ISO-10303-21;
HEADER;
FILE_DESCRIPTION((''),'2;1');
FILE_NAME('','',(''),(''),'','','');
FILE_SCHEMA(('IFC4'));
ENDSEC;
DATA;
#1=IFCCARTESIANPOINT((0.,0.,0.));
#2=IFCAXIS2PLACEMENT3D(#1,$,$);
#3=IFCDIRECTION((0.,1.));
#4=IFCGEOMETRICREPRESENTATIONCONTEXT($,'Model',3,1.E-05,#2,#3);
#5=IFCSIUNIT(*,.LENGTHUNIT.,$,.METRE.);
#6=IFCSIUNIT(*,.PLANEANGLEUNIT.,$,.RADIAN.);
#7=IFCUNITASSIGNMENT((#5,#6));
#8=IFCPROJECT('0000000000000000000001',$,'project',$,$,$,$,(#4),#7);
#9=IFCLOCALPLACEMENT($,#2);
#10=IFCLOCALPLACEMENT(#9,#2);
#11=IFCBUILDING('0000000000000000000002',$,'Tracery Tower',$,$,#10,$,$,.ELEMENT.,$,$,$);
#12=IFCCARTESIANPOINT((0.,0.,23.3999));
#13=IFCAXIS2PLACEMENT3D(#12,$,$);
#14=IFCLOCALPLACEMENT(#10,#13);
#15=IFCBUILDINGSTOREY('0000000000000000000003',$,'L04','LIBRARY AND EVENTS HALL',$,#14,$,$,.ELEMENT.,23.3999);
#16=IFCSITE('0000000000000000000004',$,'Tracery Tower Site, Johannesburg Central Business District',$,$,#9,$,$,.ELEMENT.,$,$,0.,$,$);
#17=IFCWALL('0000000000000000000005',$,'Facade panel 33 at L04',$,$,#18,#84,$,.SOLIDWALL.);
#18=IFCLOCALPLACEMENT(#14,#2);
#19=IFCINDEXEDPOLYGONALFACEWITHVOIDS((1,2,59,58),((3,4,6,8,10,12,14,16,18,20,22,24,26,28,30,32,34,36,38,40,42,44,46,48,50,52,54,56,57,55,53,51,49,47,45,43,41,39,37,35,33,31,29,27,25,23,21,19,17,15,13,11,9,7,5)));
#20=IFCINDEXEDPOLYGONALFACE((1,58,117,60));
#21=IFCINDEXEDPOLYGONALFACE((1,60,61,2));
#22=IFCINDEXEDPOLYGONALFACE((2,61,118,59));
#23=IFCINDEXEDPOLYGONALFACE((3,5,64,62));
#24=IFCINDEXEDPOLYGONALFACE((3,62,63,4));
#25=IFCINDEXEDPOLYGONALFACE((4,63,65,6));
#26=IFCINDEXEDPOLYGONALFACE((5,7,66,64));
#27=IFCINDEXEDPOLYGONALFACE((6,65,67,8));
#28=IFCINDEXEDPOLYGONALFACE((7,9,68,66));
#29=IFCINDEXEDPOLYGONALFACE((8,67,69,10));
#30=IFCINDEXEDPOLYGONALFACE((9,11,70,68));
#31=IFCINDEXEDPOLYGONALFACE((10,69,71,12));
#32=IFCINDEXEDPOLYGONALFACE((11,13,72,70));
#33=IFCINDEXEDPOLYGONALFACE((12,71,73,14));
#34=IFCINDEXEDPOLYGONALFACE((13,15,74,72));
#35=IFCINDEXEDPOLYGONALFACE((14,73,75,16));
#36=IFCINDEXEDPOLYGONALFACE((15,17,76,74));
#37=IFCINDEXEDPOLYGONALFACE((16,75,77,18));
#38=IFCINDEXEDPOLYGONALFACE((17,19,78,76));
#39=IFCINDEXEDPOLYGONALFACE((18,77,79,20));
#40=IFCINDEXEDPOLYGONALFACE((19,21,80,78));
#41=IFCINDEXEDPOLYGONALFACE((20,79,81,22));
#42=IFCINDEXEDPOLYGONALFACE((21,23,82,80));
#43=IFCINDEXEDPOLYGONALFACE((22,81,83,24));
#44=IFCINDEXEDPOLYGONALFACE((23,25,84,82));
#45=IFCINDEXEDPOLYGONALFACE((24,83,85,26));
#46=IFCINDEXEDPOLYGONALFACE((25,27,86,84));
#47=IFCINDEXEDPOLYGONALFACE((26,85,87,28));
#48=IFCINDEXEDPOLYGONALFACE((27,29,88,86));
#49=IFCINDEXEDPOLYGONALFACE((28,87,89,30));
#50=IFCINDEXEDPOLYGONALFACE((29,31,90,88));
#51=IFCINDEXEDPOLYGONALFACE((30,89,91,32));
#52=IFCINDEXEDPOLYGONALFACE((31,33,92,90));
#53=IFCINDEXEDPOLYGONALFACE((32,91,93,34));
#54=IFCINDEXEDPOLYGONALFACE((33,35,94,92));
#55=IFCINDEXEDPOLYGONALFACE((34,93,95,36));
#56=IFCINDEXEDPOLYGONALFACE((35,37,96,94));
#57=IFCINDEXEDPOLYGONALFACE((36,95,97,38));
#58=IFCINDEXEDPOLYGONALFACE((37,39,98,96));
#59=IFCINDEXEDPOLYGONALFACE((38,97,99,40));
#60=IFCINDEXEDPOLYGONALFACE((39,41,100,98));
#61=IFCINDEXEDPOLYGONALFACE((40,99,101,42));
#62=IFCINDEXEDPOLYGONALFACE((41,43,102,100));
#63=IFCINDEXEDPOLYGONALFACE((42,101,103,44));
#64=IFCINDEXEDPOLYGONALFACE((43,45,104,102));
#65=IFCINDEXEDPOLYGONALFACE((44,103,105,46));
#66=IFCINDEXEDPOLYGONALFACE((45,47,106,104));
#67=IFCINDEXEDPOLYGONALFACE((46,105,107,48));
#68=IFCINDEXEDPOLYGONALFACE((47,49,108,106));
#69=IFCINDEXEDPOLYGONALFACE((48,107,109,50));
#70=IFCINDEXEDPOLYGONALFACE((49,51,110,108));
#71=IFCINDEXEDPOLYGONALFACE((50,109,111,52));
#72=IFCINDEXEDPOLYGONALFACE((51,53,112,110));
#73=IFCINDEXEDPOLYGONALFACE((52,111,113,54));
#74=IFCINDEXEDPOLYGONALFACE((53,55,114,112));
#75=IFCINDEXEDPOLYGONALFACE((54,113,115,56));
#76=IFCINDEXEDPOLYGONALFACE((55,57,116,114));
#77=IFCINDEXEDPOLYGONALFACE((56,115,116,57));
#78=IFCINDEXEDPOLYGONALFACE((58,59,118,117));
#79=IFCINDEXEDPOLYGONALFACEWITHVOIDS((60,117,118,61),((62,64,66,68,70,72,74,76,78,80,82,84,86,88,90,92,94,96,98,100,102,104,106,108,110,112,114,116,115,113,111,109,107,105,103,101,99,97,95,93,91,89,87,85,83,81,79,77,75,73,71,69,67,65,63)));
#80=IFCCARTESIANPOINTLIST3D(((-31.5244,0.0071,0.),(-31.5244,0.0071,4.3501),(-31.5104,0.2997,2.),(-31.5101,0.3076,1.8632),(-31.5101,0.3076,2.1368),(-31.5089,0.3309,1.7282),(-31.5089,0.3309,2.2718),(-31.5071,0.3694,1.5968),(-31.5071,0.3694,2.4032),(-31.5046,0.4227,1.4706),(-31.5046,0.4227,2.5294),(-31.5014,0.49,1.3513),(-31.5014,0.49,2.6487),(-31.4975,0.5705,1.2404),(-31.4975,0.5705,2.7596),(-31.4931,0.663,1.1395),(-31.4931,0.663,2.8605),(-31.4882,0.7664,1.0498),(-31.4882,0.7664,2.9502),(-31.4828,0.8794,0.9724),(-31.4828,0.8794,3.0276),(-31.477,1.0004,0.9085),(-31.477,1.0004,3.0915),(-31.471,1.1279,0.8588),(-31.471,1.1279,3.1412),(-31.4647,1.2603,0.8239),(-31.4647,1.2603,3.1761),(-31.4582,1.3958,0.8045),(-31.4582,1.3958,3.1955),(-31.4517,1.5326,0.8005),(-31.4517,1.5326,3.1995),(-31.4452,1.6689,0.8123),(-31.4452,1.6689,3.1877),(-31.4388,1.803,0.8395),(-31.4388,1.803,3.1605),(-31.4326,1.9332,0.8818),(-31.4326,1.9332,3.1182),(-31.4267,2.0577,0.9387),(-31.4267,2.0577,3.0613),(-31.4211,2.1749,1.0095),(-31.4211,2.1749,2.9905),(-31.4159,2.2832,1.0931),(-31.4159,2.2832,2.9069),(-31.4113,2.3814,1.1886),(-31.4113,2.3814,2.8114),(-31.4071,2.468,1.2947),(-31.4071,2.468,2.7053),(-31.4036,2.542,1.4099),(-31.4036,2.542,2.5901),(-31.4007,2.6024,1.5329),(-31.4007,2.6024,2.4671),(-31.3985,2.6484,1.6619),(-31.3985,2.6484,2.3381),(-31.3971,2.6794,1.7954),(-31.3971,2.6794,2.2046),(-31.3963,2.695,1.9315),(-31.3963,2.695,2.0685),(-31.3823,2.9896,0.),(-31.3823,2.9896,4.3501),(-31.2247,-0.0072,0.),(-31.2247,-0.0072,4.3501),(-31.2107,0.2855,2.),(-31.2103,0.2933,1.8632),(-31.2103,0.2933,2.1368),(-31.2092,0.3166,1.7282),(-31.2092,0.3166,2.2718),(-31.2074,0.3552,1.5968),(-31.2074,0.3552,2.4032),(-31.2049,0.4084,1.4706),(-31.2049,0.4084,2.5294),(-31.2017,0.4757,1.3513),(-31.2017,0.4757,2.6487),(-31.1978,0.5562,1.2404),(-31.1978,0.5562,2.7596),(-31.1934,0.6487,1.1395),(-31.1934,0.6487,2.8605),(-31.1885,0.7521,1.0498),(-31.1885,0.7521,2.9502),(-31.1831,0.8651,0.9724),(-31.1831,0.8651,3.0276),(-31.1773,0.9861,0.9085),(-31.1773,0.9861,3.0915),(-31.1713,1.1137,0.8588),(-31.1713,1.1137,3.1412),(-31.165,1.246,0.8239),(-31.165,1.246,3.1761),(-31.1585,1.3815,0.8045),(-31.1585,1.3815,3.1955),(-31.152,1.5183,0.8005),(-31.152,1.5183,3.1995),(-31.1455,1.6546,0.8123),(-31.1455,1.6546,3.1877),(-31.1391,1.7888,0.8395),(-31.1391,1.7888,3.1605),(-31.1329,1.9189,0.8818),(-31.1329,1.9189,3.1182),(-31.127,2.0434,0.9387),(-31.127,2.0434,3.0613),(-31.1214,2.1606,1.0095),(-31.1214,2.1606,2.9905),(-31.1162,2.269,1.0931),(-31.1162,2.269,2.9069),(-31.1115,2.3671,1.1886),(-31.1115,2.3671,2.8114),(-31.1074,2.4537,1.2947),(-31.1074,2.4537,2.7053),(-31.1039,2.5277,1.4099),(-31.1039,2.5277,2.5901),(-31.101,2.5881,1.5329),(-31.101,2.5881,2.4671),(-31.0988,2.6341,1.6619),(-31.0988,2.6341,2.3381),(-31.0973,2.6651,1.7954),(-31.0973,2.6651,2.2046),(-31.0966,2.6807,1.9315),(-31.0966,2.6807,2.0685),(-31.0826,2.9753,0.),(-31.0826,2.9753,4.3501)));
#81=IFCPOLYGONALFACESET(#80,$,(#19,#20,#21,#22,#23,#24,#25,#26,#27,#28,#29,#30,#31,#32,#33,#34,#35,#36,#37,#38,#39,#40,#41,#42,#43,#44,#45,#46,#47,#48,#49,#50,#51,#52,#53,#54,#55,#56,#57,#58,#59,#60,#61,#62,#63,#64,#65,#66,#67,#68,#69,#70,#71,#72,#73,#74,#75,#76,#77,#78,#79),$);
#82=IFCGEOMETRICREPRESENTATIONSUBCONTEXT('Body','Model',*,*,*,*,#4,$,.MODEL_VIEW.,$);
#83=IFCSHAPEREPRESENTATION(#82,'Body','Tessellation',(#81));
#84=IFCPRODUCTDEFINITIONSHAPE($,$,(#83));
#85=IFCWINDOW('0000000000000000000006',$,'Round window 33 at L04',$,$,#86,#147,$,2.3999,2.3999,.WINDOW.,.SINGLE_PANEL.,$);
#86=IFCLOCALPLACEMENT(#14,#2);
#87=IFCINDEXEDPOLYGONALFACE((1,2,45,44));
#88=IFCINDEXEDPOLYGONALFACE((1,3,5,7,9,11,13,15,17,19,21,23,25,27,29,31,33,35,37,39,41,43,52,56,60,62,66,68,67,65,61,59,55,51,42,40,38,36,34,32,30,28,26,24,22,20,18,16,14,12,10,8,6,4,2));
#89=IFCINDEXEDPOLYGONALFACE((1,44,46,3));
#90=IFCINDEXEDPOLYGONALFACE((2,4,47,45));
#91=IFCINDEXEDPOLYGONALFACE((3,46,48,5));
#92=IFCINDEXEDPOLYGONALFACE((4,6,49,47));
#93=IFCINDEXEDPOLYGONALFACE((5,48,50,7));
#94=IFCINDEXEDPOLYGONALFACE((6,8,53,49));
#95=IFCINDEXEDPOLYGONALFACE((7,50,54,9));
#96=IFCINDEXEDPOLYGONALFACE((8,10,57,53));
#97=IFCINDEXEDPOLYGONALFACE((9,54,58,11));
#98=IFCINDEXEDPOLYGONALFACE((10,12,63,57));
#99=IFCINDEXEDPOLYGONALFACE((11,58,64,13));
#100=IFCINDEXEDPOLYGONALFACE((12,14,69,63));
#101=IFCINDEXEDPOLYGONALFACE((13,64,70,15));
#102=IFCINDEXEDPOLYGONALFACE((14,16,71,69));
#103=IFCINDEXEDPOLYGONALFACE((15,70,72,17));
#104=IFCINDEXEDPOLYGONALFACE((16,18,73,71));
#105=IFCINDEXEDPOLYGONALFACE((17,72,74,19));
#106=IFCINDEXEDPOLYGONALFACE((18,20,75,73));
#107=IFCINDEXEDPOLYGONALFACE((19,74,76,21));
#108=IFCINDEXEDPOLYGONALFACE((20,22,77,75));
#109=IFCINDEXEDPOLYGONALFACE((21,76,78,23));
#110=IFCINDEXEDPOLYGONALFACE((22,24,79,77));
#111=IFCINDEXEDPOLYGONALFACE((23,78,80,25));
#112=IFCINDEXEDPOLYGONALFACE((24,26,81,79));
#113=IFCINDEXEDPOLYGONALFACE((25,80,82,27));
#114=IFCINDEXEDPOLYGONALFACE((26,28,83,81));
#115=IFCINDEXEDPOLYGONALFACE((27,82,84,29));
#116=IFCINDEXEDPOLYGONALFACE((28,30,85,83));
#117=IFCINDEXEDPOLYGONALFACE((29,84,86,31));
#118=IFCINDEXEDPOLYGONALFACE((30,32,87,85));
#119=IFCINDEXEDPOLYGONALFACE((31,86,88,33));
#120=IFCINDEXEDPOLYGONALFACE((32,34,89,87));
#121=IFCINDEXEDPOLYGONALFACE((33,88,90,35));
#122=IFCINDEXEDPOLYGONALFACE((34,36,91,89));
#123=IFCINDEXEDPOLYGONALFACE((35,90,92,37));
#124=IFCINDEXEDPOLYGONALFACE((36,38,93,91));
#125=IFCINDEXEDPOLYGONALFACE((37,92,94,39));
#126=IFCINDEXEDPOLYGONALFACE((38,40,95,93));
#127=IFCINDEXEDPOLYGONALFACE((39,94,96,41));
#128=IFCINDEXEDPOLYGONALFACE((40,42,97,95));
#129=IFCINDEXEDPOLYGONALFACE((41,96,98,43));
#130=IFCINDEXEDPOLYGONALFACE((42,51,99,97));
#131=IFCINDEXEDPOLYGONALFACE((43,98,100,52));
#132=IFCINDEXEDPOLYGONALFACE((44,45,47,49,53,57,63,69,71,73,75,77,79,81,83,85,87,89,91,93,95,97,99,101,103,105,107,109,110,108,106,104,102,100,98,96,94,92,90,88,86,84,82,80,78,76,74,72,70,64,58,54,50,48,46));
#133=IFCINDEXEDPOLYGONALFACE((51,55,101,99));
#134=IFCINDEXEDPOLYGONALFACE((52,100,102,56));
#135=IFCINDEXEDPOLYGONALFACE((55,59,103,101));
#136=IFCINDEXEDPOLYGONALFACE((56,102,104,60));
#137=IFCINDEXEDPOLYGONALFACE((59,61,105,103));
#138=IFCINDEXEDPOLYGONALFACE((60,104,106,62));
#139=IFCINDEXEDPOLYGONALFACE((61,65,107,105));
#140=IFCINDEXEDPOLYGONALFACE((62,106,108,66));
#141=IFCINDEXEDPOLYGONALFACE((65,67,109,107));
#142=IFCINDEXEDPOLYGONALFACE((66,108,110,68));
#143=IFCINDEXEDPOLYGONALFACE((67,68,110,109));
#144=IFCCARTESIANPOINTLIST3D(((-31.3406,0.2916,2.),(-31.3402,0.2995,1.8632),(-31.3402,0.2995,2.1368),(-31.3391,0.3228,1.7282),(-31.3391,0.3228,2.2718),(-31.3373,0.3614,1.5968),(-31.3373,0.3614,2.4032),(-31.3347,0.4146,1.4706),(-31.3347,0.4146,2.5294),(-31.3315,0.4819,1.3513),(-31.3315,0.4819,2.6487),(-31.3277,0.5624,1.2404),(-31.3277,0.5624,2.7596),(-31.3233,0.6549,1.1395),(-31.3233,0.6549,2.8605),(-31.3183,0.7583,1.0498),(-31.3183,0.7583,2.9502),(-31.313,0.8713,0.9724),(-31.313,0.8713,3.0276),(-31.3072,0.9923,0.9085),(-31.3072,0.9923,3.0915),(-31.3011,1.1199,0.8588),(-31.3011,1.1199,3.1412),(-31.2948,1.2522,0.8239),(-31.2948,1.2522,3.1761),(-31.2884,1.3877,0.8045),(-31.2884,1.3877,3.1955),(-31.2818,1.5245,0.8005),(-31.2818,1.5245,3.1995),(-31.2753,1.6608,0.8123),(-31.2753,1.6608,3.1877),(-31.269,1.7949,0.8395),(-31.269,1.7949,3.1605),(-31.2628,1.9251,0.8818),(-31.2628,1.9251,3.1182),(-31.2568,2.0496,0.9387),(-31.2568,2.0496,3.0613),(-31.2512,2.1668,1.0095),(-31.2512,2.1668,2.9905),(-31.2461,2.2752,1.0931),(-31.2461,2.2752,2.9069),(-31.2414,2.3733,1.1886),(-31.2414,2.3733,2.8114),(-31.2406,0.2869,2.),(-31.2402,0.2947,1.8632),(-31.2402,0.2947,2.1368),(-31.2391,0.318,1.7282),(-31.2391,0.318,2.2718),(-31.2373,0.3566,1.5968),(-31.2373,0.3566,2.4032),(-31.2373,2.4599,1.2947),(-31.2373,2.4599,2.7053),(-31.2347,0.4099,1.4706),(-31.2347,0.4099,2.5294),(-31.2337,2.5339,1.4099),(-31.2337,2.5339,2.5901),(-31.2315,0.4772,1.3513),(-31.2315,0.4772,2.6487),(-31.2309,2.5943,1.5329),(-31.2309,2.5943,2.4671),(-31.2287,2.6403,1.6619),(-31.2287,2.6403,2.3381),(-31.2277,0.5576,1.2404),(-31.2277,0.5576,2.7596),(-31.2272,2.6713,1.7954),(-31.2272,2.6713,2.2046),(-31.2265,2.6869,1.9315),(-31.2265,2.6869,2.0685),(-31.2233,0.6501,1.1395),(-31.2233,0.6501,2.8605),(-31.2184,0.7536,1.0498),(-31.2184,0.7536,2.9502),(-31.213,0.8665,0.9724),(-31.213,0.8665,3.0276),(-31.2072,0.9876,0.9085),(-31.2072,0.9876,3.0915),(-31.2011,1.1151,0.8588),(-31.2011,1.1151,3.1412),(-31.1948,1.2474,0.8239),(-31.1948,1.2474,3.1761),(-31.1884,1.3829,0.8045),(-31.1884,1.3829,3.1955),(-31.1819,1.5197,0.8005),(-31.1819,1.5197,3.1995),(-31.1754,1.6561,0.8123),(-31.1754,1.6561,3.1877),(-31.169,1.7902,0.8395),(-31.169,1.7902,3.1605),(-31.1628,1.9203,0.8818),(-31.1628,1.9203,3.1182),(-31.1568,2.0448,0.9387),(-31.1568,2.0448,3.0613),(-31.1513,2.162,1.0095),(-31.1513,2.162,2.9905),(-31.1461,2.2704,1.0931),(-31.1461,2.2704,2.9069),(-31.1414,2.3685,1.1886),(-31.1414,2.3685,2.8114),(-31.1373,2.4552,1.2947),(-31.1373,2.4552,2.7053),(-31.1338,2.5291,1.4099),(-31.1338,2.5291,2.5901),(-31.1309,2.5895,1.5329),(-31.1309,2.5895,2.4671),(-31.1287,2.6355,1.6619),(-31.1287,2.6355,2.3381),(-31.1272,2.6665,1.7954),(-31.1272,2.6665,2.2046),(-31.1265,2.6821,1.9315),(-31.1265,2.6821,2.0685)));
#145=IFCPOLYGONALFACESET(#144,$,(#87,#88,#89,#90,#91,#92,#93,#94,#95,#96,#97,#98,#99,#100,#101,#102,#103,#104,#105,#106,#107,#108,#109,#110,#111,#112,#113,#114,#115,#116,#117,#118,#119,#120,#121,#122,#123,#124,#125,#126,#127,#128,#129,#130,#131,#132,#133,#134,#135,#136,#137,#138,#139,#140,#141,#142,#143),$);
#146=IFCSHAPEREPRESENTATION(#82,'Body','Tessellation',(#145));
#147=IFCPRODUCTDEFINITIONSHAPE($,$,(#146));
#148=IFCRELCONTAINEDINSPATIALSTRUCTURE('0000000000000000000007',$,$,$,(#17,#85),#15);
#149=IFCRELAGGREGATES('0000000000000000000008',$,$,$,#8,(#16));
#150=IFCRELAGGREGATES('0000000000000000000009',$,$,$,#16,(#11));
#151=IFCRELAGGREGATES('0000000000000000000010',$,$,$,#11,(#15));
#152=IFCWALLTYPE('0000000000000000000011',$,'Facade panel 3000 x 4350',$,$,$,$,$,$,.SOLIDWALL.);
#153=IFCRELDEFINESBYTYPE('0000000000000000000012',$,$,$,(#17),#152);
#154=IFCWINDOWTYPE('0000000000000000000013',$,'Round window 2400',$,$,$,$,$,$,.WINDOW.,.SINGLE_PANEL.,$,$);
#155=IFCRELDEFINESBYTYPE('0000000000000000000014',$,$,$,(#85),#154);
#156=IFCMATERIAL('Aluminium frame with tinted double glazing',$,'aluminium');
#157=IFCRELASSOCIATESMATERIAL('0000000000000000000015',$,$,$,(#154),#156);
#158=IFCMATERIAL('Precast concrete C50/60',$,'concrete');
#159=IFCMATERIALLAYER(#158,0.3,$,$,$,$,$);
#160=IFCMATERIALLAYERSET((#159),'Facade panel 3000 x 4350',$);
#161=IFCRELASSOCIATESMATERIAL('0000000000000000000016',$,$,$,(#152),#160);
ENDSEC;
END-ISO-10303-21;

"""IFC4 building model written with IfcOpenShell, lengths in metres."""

from ifc_helpers import new_model, si_unit, direction, frame, frame_2d, origin, origin_2d, place, context, subcontext, project, spatial, rectangle, circle, extrude, material, layer, layer_set, type_object, element, fill, save


model = new_model("IFC4")

# Units and contexts
model_context = context("Model", 3, precision=1e-05, world=origin(), true_north=direction((0.0, 1.0)))
body_context = subcontext(model_context, "Body", "Model", "MODEL_VIEW")
ifc_project = project(units=[si_unit("LENGTHUNIT", "METRE"), si_unit("PLANEANGLEUNIT", "RADIAN")], contexts=[model_context])

# Site, building, storey
site_placement = place(None, origin())
site = spatial("IfcSite", under=ifc_project, at=site_placement, Name="Tracery Tower Site, Johannesburg Central Business District", CompositionType="ELEMENT", RefElevation=0.0)
building_placement = place(site_placement, origin())
building = spatial("IfcBuilding", under=site, at=building_placement, Name="Tracery Tower", CompositionType="ELEMENT")
storey_placement = place(building_placement, frame((0.0, 0.0, 23.3999)))
storey = spatial("IfcBuildingStorey", under=building, at=storey_placement, Name="L04", Description="LIBRARY AND EVENTS HALL", CompositionType="ELEMENT", Elevation=23.3999)

# Wall, opening, window
ifc_material_1 = material(Name="Aluminium frame with tinted double glazing", Category="aluminium")
window_type = type_object("IfcWindowType", Name="Round window 2400", PartitioningType="SINGLE_PANEL", PredefinedType="WINDOW", material=ifc_material_1)
ifc_material_2 = material(Name="Precast concrete C50/60", Category="concrete")
ifc_layer_1 = layer(ifc_material_2, 0.3)
ifc_layer_set_1 = layer_set([ifc_layer_1], Name="Facade panel 3000 x 4350")
wall_type_1 = type_object("IfcWallType", Name="Facade panel 3000 x 4350", PredefinedType="SOLIDWALL", material=ifc_layer_set_1)
wall_1_placement = place(storey_placement, frame((-31.2324, 2.9824, 0.0), z_axis=(0.0, 0.0, 1.0), x_axis=(-0.047588, -0.998867, 0.0)))
wall_1 = element("IfcWall", 1, at=wall_1_placement, inside=storey, type_object=wall_type_1, Name="Facade panel 33 at L04", PredefinedType="SOLIDWALL", context=body_context, shape_type="SweptSolid", body=[
    extrude(rectangle(XDim=2.9858, YDim=0.3, at=frame_2d((1.4929, 0.0))), origin(), (0.0, 0.0, 1.0), 4.3501),
])
opening_1_placement = place(wall_1_placement, frame((1.4929, 0.0, 2.0)))
opening_1 = element("IfcOpeningElement", 2, at=opening_1_placement, cuts=wall_1, PredefinedType="OPENING", context=body_context, shape_type="SweptSolid", body=[
    extrude(circle(Radius=1.2, at=origin_2d()), frame((0.0, 0.1599, 0.0), z_axis=(0.0, -1.0, 0.0), x_axis=(1.0, 0.0, 0.0)), (0.0, 0.0, 1.0), 0.3201),
])
window_1_placement = place(opening_1_placement, origin())
window_1 = element("IfcWindow", 3, at=window_1_placement, inside=storey, type_object=window_type, Name="Round window 33 at L04", OverallHeight=2.3999, OverallWidth=2.3999, PartitioningType="SINGLE_PANEL", PredefinedType="WINDOW", context=body_context, shape_type="SweptSolid", body=[
    extrude(circle(Radius=1.2, at=origin_2d()), frame((0.0, 0.1201, 0.0), z_axis=(0.0, -1.0, 0.0), x_axis=(1.0, 0.0, 0.0)), (0.0, 0.0, 1.0), 0.1001),
])
fill(opening_1, window_1)

save(model, "model.ifc")
